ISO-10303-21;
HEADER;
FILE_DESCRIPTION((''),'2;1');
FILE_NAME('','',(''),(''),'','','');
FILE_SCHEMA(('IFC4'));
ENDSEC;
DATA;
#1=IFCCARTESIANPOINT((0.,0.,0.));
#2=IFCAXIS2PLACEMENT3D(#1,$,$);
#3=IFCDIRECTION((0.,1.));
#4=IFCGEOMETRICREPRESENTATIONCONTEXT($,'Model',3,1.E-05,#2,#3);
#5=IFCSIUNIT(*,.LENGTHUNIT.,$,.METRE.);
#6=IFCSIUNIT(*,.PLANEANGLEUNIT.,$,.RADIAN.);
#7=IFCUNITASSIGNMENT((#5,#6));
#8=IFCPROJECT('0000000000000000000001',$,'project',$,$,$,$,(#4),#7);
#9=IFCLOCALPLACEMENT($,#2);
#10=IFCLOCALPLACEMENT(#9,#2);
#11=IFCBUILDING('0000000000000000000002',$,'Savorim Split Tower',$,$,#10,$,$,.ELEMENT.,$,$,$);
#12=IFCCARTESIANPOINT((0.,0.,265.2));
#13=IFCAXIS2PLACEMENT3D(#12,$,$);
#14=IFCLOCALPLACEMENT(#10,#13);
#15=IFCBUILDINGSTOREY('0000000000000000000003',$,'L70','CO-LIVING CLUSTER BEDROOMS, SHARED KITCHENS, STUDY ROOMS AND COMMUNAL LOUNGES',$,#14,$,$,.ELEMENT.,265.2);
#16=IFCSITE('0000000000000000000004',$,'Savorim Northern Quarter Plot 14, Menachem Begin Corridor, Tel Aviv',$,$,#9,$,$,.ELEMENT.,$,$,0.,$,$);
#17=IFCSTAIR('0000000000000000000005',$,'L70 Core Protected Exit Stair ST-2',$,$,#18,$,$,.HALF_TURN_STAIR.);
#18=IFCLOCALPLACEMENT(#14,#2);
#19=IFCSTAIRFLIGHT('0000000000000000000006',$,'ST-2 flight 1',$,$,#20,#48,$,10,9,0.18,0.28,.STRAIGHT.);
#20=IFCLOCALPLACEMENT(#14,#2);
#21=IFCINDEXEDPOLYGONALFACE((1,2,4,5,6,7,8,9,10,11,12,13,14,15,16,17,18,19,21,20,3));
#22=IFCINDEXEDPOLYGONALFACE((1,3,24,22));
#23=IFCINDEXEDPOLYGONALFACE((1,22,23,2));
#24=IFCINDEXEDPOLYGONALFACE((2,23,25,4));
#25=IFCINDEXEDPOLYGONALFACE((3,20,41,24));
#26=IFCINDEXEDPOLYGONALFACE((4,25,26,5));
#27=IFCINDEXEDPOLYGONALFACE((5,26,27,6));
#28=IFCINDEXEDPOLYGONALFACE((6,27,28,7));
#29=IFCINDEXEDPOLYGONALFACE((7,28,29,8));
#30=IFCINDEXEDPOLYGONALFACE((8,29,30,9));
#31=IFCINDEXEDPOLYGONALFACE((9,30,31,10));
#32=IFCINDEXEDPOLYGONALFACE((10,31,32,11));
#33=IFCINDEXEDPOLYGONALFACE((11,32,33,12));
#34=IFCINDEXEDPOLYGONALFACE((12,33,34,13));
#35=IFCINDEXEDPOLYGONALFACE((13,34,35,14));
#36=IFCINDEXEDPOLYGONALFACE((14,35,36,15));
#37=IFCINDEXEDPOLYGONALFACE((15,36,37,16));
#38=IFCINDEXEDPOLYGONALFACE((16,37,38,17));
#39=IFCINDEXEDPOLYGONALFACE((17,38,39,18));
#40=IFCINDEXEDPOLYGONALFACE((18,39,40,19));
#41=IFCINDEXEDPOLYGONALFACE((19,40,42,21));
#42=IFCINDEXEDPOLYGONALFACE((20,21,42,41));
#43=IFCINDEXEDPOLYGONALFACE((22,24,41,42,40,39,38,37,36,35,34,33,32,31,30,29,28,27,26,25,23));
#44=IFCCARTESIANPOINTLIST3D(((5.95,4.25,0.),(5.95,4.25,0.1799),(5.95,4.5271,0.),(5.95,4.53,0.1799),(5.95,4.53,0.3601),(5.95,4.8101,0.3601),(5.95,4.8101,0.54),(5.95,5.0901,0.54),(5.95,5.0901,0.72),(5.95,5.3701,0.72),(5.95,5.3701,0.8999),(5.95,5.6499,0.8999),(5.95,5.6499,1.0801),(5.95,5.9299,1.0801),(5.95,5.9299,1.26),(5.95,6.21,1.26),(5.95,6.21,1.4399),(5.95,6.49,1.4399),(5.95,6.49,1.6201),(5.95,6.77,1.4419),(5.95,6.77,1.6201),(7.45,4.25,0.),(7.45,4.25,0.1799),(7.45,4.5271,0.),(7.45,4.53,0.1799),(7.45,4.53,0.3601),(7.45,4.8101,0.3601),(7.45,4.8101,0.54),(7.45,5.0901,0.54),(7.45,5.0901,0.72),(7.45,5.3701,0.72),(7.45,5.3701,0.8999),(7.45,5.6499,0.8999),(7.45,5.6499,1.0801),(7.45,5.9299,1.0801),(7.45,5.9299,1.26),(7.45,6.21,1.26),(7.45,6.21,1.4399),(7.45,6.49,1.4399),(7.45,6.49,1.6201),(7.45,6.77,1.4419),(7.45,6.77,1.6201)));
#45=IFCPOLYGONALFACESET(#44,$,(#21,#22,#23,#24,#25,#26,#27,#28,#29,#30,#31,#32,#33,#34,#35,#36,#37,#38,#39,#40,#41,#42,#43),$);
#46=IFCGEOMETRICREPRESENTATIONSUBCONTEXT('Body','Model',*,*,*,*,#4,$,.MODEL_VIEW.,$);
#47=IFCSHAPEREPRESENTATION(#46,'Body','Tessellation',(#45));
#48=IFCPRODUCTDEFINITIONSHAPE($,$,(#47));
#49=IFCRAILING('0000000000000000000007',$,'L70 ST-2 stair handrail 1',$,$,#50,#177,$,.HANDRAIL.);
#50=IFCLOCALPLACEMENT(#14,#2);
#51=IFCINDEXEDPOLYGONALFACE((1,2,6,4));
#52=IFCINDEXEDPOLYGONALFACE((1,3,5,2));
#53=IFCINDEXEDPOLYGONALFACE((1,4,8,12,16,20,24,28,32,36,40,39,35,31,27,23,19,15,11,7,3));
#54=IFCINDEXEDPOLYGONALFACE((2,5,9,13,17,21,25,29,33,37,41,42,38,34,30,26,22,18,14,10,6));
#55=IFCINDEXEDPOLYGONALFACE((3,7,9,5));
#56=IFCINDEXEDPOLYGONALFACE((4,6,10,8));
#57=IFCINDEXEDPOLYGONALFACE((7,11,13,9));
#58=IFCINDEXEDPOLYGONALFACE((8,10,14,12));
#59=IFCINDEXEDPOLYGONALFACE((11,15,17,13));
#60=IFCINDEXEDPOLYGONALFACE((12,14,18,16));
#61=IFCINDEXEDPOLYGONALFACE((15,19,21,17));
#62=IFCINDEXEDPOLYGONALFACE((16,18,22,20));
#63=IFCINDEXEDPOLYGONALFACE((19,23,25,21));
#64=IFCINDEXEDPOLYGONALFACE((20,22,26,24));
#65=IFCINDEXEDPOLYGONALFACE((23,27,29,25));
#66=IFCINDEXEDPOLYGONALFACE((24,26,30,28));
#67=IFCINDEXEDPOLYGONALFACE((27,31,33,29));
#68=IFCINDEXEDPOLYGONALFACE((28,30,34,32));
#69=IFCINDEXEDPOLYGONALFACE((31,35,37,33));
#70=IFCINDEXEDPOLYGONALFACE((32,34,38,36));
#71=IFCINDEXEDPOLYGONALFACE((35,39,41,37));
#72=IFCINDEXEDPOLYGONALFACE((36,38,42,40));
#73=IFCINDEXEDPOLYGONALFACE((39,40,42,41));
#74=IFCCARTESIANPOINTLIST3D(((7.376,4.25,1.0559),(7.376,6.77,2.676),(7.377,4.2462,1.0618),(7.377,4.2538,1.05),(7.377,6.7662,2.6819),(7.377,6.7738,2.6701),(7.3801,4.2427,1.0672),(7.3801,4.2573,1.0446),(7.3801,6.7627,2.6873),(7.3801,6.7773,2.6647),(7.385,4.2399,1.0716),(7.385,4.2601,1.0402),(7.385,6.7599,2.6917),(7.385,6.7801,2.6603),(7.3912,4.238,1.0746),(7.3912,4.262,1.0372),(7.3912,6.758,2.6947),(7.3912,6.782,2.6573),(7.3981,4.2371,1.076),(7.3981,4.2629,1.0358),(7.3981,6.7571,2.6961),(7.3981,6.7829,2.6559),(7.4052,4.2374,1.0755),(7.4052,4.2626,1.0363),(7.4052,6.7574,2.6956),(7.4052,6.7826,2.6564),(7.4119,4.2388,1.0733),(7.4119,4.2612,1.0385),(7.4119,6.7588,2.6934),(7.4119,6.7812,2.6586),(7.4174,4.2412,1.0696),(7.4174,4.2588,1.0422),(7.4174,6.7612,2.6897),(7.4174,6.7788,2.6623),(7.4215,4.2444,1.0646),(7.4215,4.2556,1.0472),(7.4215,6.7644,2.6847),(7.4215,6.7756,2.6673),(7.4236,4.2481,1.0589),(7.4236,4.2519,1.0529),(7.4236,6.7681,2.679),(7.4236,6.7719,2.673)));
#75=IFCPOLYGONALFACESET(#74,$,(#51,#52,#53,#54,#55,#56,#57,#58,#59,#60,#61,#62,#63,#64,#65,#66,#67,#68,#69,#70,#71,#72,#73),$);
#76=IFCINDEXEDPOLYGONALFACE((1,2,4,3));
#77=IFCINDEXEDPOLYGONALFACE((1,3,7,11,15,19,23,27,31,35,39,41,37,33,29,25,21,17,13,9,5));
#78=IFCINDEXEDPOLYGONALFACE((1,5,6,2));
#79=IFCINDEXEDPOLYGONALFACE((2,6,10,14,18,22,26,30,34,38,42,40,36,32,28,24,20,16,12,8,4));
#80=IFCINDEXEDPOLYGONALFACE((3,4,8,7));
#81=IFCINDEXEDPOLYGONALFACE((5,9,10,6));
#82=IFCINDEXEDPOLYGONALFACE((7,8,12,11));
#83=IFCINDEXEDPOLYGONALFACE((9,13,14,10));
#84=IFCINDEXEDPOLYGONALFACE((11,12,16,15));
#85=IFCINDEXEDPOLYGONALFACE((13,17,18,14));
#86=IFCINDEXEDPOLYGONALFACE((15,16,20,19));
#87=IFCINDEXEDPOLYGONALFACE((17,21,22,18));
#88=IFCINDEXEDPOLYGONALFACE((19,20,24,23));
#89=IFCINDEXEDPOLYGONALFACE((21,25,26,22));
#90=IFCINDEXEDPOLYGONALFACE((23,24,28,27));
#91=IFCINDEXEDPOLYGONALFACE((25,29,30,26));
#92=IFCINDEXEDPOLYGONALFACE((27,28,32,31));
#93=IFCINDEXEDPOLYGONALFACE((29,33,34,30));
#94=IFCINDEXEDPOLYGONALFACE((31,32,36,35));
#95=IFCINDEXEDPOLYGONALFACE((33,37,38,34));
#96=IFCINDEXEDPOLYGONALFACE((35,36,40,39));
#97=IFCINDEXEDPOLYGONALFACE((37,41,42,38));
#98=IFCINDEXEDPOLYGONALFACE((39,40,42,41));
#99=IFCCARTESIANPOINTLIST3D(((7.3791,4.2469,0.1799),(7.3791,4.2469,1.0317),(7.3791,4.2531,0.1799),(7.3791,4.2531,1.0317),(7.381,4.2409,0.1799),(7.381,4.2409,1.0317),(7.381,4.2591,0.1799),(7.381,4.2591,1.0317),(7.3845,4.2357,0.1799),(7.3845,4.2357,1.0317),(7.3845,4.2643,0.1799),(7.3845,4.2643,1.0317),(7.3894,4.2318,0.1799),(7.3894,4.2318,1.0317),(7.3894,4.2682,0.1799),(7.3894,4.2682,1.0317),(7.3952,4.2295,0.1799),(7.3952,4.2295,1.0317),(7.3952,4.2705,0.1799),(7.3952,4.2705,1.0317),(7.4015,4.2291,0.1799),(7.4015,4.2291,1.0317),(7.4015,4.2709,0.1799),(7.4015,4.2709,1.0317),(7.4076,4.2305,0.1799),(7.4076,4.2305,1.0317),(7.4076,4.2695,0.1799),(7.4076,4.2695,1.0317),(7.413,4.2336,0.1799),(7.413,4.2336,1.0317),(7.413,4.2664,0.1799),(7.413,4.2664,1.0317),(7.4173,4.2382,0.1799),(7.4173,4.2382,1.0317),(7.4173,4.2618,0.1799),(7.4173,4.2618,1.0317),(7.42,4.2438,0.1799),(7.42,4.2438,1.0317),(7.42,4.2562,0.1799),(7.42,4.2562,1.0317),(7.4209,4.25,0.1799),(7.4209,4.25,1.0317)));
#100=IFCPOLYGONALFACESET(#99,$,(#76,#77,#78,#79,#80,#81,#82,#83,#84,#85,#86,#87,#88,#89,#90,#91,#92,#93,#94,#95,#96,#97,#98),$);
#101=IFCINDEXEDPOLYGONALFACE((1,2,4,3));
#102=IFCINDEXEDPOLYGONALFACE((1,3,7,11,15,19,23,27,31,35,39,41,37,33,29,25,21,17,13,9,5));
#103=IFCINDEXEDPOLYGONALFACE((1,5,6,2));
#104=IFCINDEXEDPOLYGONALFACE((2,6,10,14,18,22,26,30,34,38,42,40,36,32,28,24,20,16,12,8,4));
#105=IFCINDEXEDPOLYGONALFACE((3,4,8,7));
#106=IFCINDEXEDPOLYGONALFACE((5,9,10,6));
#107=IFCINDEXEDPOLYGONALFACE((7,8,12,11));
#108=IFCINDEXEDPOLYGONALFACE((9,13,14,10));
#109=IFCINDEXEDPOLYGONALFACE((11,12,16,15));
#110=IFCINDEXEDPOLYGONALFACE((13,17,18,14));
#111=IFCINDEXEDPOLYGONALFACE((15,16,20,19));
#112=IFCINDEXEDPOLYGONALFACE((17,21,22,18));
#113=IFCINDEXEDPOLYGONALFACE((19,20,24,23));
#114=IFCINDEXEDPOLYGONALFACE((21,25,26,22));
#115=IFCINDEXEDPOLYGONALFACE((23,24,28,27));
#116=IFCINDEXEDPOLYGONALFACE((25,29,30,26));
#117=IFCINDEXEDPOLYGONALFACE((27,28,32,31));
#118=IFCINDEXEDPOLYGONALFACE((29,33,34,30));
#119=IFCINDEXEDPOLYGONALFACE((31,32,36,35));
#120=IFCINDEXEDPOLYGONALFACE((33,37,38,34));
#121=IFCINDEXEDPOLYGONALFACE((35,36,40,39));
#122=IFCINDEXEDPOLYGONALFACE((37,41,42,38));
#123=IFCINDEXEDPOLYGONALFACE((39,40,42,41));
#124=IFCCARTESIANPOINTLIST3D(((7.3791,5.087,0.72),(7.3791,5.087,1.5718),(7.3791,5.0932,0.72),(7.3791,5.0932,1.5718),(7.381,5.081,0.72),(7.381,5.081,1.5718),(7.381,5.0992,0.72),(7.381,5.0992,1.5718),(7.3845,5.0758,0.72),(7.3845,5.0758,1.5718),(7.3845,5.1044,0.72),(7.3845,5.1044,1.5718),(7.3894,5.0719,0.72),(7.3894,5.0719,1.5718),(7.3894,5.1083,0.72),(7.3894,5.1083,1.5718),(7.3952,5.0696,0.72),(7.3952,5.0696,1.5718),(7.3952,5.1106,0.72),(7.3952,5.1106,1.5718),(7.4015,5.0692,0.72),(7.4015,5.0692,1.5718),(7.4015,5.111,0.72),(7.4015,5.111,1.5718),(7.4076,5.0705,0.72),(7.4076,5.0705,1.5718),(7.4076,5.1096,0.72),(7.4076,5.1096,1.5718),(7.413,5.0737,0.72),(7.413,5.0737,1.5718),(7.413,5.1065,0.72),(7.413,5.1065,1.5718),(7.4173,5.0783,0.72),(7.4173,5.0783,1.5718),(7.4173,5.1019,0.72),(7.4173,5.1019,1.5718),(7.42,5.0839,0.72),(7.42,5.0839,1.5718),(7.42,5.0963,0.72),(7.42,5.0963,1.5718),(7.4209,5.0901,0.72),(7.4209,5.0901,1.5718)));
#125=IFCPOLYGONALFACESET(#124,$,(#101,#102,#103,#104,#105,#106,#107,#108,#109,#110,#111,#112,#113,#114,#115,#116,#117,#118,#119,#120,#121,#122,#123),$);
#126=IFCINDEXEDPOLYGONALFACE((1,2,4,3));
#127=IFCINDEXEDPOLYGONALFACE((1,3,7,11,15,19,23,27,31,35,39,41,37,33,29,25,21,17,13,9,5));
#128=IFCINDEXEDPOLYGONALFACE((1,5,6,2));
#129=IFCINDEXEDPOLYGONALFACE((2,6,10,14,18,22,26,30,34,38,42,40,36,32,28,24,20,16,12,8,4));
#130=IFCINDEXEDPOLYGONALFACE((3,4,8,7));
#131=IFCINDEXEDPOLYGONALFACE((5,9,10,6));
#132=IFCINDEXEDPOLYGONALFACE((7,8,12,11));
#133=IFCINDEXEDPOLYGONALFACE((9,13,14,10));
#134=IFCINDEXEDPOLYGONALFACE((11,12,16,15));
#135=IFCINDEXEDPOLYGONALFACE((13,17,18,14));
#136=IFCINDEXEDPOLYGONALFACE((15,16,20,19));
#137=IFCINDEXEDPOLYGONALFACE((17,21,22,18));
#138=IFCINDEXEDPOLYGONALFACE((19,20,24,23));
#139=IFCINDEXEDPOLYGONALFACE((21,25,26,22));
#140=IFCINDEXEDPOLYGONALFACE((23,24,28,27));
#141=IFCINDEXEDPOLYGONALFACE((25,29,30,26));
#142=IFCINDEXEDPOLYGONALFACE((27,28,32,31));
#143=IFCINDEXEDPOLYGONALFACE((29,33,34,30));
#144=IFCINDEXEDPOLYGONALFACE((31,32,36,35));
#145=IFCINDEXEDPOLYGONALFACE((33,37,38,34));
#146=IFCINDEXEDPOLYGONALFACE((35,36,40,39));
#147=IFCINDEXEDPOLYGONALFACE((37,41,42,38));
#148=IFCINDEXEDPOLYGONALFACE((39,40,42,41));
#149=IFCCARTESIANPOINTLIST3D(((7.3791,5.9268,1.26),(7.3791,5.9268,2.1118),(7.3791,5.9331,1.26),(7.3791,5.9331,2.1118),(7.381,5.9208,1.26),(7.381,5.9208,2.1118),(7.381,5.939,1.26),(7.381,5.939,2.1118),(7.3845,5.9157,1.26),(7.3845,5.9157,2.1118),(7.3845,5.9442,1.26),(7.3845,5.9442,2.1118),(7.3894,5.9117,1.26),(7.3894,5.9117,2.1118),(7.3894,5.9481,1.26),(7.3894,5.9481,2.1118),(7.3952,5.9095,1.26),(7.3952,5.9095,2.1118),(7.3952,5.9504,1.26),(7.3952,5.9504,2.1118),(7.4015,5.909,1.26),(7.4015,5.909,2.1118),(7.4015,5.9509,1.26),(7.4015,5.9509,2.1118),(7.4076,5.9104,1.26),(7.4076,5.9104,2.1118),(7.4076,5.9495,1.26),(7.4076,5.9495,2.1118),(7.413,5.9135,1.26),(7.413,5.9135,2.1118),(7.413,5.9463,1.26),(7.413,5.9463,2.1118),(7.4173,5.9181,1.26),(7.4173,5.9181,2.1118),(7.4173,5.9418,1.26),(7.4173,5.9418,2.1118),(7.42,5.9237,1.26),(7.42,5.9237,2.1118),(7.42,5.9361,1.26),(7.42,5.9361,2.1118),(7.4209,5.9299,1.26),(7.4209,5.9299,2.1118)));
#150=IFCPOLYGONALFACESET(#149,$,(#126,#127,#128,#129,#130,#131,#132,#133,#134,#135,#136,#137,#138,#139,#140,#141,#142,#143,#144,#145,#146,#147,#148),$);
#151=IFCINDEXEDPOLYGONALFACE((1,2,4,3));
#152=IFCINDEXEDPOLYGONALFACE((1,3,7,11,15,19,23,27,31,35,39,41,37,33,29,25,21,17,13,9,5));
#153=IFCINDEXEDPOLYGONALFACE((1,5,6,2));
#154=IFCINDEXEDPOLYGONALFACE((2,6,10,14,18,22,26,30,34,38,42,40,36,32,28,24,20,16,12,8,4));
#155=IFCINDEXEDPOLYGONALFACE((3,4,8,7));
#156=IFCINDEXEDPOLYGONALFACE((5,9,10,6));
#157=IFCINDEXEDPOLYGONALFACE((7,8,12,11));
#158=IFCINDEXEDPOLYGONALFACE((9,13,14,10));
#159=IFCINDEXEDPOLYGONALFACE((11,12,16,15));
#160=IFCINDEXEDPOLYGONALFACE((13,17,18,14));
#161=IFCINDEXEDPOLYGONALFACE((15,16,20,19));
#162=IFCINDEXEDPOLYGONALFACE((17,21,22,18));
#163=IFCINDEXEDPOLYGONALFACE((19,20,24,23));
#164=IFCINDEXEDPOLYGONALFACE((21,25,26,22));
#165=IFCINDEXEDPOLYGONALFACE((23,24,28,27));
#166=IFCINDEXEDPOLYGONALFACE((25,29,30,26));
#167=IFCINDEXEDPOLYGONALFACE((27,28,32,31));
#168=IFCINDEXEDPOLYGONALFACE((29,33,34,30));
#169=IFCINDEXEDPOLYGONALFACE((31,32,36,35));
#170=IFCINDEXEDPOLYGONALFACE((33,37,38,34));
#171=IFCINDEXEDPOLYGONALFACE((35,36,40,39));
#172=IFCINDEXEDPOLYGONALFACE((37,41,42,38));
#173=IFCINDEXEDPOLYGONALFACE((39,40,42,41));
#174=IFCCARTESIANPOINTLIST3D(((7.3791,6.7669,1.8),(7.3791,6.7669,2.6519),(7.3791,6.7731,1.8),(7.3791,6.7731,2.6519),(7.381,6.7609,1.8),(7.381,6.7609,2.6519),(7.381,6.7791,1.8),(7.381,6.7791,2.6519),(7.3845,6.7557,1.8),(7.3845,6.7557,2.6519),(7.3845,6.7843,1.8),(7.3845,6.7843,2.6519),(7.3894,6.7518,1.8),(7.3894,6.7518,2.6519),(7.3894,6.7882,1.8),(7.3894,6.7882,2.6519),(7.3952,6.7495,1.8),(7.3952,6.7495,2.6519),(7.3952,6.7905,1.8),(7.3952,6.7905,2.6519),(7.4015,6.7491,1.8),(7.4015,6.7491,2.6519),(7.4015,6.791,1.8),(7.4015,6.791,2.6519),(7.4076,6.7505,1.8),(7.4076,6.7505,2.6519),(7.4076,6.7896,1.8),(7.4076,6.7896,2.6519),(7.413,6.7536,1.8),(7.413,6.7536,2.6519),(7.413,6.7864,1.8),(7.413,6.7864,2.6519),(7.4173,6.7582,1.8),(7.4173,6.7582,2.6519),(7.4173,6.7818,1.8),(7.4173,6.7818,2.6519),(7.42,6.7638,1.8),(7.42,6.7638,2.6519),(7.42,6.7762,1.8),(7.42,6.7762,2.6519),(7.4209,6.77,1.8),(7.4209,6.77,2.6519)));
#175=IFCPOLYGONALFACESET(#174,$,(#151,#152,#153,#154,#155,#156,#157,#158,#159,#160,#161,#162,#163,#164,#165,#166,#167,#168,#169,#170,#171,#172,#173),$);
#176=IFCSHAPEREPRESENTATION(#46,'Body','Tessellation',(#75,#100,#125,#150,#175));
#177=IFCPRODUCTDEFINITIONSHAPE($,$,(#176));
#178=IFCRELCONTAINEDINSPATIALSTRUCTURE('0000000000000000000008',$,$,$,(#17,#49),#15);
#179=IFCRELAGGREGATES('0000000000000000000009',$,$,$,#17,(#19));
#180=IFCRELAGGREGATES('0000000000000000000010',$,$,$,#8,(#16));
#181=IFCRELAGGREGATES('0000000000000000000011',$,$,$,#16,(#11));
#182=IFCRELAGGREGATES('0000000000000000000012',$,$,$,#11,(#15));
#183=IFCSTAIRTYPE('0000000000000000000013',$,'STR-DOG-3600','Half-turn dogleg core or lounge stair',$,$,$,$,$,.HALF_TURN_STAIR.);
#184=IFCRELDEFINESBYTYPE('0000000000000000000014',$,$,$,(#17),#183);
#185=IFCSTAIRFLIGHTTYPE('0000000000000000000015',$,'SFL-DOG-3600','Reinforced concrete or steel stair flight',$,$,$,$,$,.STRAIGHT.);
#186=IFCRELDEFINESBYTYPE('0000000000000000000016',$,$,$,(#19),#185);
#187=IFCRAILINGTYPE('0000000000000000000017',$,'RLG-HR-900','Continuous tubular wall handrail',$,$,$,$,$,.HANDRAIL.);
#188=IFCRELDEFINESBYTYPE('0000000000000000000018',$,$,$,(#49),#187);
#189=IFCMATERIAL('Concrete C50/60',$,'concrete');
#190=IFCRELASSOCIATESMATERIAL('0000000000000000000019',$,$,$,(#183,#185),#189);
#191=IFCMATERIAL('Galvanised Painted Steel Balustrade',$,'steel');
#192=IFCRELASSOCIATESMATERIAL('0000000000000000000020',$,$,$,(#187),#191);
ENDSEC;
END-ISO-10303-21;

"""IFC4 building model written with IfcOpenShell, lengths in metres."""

from ifc_helpers import new_model, si_unit, direction, frame, origin, origin_2d, place, context, subcontext, project, spatial, polyline, circle, outline, extrude, material, type_object, element, aggregate, save


model = new_model("IFC4")

# Units and contexts
model_context = context("Model", 3, precision=1e-05, world=origin(), true_north=direction((0.0, 1.0)))
body_context = subcontext(model_context, "Body", "Model", "MODEL_VIEW")
ifc_project = project(units=[si_unit("LENGTHUNIT", "METRE"), si_unit("PLANEANGLEUNIT", "RADIAN")], contexts=[model_context])

# Site, building, storey
site_placement = place(None, origin())
site = spatial("IfcSite", under=ifc_project, at=site_placement, Name="Savorim Northern Quarter Plot 14, Menachem Begin Corridor, Tel Aviv", CompositionType="ELEMENT", RefElevation=0.0)
building_placement = place(site_placement, origin())
building = spatial("IfcBuilding", under=site, at=building_placement, Name="Savorim Split Tower", CompositionType="ELEMENT")
storey_placement = place(building_placement, frame((0.0, 0.0, 265.2)))
storey = spatial("IfcBuildingStorey", under=building, at=storey_placement, Name="L70", Description="CO-LIVING CLUSTER BEDROOMS, SHARED KITCHENS, STUDY ROOMS AND COMMUNAL LOUNGES", CompositionType="ELEMENT", Elevation=265.2)

# Shared definitions
ifc_material_1 = material(Name="Concrete C50/60", Category="concrete")

# Stair, stair flight
stair_type = type_object("IfcStairType", Name="STR-DOG-3600", Description="Half-turn dogleg core or lounge stair", PredefinedType="HALF_TURN_STAIR", material=ifc_material_1)
stair_placement = place(storey_placement, origin())
stair = element("IfcStair", 1, at=stair_placement, inside=storey, type_object=stair_type, Name="L70 Core Protected Exit Stair ST-2", PredefinedType="HALF_TURN_STAIR")
stair_flight_type = type_object("IfcStairFlightType", Name="SFL-DOG-3600", Description="Reinforced concrete or steel stair flight", PredefinedType="STRAIGHT", material=ifc_material_1)
stair_flight_placement = place(storey_placement, frame((6.7, 4.25, 0.0), z_axis=(0.0, 0.0, 1.0), x_axis=(0.0, 1.0, 0.0)))
stair_flight = element("IfcStairFlight", 2, at=stair_flight_placement, type_object=stair_flight_type, Name="ST-2 flight 1", NumberOfRisers=10, NumberOfTreads=9, PredefinedType="STRAIGHT", RiserHeight=0.18, TreadLength=0.28, context=body_context, shape_type="SweptSolid", body=[
    extrude(outline(polyline([(0.0, 0.0), (0.0, 0.1799), (0.28, 0.1799), (0.28, 0.3601), (0.5601, 0.3601), (0.5601, 0.54), (0.8401, 0.54), (0.8401, 0.72), (1.1201, 0.72), (1.1201, 0.8999), (1.3999, 0.8999), (1.3999, 1.0801), (1.6799, 1.0801), (1.6799, 1.26), (1.96, 1.26), (1.96, 1.4399), (2.24, 1.4399), (2.24, 1.6201), (2.52, 1.6201), (2.52, 1.8), (2.52, 1.4419), (0.2771, 0.0), (0.0, 0.0)])), frame((0.0, 0.75, 0.0), z_axis=(0.0, -1.0, 0.0), x_axis=(1.0, 0.0, 0.0)), (0.0, 0.0, 1.0), 1.5),
])
aggregate(stair, [stair_flight])

# Railing
ifc_material_2 = material(Name="Galvanised Painted Steel Balustrade", Category="steel")
railing_type_1 = type_object("IfcRailingType", Name="RLG-HR-900", Description="Continuous tubular wall handrail", PredefinedType="HANDRAIL", material=ifc_material_2)
railing_1_placement = place(storey_placement, frame((7.3999, 4.25, 0.1799)))
element("IfcRailing", 3, at=railing_1_placement, inside=storey, type_object=railing_type_1, Name="L70 ST-2 stair handrail 1", PredefinedType="HANDRAIL", context=body_context, shape_type="SweptSolid", body=[
    extrude(circle(Radius=0.0239, at=origin_2d()), frame((0.0, 0.0, 0.876), z_axis=(0.0, 0.841163, 0.540782), x_axis=(-1.0, 0.0, 0.0)), (0.0, 0.0, 1.0), 2.9958),
    extrude(circle(Radius=0.021, at=origin_2d()), origin(), (0.0, 0.0, 1.0), 0.8518),
    extrude(circle(Radius=0.021, at=origin_2d()), frame((0.0, 0.8401, 0.54)), (0.0, 0.0, 1.0), 0.8518),
    extrude(circle(Radius=0.021, at=origin_2d()), frame((0.0, 1.6799, 1.0801)), (0.0, 0.0, 1.0), 0.8518),
    extrude(circle(Radius=0.021, at=origin_2d()), frame((0.0, 2.52, 1.6201)), (0.0, 0.0, 1.0), 0.8518),
])

save(model, "model.ifc")
